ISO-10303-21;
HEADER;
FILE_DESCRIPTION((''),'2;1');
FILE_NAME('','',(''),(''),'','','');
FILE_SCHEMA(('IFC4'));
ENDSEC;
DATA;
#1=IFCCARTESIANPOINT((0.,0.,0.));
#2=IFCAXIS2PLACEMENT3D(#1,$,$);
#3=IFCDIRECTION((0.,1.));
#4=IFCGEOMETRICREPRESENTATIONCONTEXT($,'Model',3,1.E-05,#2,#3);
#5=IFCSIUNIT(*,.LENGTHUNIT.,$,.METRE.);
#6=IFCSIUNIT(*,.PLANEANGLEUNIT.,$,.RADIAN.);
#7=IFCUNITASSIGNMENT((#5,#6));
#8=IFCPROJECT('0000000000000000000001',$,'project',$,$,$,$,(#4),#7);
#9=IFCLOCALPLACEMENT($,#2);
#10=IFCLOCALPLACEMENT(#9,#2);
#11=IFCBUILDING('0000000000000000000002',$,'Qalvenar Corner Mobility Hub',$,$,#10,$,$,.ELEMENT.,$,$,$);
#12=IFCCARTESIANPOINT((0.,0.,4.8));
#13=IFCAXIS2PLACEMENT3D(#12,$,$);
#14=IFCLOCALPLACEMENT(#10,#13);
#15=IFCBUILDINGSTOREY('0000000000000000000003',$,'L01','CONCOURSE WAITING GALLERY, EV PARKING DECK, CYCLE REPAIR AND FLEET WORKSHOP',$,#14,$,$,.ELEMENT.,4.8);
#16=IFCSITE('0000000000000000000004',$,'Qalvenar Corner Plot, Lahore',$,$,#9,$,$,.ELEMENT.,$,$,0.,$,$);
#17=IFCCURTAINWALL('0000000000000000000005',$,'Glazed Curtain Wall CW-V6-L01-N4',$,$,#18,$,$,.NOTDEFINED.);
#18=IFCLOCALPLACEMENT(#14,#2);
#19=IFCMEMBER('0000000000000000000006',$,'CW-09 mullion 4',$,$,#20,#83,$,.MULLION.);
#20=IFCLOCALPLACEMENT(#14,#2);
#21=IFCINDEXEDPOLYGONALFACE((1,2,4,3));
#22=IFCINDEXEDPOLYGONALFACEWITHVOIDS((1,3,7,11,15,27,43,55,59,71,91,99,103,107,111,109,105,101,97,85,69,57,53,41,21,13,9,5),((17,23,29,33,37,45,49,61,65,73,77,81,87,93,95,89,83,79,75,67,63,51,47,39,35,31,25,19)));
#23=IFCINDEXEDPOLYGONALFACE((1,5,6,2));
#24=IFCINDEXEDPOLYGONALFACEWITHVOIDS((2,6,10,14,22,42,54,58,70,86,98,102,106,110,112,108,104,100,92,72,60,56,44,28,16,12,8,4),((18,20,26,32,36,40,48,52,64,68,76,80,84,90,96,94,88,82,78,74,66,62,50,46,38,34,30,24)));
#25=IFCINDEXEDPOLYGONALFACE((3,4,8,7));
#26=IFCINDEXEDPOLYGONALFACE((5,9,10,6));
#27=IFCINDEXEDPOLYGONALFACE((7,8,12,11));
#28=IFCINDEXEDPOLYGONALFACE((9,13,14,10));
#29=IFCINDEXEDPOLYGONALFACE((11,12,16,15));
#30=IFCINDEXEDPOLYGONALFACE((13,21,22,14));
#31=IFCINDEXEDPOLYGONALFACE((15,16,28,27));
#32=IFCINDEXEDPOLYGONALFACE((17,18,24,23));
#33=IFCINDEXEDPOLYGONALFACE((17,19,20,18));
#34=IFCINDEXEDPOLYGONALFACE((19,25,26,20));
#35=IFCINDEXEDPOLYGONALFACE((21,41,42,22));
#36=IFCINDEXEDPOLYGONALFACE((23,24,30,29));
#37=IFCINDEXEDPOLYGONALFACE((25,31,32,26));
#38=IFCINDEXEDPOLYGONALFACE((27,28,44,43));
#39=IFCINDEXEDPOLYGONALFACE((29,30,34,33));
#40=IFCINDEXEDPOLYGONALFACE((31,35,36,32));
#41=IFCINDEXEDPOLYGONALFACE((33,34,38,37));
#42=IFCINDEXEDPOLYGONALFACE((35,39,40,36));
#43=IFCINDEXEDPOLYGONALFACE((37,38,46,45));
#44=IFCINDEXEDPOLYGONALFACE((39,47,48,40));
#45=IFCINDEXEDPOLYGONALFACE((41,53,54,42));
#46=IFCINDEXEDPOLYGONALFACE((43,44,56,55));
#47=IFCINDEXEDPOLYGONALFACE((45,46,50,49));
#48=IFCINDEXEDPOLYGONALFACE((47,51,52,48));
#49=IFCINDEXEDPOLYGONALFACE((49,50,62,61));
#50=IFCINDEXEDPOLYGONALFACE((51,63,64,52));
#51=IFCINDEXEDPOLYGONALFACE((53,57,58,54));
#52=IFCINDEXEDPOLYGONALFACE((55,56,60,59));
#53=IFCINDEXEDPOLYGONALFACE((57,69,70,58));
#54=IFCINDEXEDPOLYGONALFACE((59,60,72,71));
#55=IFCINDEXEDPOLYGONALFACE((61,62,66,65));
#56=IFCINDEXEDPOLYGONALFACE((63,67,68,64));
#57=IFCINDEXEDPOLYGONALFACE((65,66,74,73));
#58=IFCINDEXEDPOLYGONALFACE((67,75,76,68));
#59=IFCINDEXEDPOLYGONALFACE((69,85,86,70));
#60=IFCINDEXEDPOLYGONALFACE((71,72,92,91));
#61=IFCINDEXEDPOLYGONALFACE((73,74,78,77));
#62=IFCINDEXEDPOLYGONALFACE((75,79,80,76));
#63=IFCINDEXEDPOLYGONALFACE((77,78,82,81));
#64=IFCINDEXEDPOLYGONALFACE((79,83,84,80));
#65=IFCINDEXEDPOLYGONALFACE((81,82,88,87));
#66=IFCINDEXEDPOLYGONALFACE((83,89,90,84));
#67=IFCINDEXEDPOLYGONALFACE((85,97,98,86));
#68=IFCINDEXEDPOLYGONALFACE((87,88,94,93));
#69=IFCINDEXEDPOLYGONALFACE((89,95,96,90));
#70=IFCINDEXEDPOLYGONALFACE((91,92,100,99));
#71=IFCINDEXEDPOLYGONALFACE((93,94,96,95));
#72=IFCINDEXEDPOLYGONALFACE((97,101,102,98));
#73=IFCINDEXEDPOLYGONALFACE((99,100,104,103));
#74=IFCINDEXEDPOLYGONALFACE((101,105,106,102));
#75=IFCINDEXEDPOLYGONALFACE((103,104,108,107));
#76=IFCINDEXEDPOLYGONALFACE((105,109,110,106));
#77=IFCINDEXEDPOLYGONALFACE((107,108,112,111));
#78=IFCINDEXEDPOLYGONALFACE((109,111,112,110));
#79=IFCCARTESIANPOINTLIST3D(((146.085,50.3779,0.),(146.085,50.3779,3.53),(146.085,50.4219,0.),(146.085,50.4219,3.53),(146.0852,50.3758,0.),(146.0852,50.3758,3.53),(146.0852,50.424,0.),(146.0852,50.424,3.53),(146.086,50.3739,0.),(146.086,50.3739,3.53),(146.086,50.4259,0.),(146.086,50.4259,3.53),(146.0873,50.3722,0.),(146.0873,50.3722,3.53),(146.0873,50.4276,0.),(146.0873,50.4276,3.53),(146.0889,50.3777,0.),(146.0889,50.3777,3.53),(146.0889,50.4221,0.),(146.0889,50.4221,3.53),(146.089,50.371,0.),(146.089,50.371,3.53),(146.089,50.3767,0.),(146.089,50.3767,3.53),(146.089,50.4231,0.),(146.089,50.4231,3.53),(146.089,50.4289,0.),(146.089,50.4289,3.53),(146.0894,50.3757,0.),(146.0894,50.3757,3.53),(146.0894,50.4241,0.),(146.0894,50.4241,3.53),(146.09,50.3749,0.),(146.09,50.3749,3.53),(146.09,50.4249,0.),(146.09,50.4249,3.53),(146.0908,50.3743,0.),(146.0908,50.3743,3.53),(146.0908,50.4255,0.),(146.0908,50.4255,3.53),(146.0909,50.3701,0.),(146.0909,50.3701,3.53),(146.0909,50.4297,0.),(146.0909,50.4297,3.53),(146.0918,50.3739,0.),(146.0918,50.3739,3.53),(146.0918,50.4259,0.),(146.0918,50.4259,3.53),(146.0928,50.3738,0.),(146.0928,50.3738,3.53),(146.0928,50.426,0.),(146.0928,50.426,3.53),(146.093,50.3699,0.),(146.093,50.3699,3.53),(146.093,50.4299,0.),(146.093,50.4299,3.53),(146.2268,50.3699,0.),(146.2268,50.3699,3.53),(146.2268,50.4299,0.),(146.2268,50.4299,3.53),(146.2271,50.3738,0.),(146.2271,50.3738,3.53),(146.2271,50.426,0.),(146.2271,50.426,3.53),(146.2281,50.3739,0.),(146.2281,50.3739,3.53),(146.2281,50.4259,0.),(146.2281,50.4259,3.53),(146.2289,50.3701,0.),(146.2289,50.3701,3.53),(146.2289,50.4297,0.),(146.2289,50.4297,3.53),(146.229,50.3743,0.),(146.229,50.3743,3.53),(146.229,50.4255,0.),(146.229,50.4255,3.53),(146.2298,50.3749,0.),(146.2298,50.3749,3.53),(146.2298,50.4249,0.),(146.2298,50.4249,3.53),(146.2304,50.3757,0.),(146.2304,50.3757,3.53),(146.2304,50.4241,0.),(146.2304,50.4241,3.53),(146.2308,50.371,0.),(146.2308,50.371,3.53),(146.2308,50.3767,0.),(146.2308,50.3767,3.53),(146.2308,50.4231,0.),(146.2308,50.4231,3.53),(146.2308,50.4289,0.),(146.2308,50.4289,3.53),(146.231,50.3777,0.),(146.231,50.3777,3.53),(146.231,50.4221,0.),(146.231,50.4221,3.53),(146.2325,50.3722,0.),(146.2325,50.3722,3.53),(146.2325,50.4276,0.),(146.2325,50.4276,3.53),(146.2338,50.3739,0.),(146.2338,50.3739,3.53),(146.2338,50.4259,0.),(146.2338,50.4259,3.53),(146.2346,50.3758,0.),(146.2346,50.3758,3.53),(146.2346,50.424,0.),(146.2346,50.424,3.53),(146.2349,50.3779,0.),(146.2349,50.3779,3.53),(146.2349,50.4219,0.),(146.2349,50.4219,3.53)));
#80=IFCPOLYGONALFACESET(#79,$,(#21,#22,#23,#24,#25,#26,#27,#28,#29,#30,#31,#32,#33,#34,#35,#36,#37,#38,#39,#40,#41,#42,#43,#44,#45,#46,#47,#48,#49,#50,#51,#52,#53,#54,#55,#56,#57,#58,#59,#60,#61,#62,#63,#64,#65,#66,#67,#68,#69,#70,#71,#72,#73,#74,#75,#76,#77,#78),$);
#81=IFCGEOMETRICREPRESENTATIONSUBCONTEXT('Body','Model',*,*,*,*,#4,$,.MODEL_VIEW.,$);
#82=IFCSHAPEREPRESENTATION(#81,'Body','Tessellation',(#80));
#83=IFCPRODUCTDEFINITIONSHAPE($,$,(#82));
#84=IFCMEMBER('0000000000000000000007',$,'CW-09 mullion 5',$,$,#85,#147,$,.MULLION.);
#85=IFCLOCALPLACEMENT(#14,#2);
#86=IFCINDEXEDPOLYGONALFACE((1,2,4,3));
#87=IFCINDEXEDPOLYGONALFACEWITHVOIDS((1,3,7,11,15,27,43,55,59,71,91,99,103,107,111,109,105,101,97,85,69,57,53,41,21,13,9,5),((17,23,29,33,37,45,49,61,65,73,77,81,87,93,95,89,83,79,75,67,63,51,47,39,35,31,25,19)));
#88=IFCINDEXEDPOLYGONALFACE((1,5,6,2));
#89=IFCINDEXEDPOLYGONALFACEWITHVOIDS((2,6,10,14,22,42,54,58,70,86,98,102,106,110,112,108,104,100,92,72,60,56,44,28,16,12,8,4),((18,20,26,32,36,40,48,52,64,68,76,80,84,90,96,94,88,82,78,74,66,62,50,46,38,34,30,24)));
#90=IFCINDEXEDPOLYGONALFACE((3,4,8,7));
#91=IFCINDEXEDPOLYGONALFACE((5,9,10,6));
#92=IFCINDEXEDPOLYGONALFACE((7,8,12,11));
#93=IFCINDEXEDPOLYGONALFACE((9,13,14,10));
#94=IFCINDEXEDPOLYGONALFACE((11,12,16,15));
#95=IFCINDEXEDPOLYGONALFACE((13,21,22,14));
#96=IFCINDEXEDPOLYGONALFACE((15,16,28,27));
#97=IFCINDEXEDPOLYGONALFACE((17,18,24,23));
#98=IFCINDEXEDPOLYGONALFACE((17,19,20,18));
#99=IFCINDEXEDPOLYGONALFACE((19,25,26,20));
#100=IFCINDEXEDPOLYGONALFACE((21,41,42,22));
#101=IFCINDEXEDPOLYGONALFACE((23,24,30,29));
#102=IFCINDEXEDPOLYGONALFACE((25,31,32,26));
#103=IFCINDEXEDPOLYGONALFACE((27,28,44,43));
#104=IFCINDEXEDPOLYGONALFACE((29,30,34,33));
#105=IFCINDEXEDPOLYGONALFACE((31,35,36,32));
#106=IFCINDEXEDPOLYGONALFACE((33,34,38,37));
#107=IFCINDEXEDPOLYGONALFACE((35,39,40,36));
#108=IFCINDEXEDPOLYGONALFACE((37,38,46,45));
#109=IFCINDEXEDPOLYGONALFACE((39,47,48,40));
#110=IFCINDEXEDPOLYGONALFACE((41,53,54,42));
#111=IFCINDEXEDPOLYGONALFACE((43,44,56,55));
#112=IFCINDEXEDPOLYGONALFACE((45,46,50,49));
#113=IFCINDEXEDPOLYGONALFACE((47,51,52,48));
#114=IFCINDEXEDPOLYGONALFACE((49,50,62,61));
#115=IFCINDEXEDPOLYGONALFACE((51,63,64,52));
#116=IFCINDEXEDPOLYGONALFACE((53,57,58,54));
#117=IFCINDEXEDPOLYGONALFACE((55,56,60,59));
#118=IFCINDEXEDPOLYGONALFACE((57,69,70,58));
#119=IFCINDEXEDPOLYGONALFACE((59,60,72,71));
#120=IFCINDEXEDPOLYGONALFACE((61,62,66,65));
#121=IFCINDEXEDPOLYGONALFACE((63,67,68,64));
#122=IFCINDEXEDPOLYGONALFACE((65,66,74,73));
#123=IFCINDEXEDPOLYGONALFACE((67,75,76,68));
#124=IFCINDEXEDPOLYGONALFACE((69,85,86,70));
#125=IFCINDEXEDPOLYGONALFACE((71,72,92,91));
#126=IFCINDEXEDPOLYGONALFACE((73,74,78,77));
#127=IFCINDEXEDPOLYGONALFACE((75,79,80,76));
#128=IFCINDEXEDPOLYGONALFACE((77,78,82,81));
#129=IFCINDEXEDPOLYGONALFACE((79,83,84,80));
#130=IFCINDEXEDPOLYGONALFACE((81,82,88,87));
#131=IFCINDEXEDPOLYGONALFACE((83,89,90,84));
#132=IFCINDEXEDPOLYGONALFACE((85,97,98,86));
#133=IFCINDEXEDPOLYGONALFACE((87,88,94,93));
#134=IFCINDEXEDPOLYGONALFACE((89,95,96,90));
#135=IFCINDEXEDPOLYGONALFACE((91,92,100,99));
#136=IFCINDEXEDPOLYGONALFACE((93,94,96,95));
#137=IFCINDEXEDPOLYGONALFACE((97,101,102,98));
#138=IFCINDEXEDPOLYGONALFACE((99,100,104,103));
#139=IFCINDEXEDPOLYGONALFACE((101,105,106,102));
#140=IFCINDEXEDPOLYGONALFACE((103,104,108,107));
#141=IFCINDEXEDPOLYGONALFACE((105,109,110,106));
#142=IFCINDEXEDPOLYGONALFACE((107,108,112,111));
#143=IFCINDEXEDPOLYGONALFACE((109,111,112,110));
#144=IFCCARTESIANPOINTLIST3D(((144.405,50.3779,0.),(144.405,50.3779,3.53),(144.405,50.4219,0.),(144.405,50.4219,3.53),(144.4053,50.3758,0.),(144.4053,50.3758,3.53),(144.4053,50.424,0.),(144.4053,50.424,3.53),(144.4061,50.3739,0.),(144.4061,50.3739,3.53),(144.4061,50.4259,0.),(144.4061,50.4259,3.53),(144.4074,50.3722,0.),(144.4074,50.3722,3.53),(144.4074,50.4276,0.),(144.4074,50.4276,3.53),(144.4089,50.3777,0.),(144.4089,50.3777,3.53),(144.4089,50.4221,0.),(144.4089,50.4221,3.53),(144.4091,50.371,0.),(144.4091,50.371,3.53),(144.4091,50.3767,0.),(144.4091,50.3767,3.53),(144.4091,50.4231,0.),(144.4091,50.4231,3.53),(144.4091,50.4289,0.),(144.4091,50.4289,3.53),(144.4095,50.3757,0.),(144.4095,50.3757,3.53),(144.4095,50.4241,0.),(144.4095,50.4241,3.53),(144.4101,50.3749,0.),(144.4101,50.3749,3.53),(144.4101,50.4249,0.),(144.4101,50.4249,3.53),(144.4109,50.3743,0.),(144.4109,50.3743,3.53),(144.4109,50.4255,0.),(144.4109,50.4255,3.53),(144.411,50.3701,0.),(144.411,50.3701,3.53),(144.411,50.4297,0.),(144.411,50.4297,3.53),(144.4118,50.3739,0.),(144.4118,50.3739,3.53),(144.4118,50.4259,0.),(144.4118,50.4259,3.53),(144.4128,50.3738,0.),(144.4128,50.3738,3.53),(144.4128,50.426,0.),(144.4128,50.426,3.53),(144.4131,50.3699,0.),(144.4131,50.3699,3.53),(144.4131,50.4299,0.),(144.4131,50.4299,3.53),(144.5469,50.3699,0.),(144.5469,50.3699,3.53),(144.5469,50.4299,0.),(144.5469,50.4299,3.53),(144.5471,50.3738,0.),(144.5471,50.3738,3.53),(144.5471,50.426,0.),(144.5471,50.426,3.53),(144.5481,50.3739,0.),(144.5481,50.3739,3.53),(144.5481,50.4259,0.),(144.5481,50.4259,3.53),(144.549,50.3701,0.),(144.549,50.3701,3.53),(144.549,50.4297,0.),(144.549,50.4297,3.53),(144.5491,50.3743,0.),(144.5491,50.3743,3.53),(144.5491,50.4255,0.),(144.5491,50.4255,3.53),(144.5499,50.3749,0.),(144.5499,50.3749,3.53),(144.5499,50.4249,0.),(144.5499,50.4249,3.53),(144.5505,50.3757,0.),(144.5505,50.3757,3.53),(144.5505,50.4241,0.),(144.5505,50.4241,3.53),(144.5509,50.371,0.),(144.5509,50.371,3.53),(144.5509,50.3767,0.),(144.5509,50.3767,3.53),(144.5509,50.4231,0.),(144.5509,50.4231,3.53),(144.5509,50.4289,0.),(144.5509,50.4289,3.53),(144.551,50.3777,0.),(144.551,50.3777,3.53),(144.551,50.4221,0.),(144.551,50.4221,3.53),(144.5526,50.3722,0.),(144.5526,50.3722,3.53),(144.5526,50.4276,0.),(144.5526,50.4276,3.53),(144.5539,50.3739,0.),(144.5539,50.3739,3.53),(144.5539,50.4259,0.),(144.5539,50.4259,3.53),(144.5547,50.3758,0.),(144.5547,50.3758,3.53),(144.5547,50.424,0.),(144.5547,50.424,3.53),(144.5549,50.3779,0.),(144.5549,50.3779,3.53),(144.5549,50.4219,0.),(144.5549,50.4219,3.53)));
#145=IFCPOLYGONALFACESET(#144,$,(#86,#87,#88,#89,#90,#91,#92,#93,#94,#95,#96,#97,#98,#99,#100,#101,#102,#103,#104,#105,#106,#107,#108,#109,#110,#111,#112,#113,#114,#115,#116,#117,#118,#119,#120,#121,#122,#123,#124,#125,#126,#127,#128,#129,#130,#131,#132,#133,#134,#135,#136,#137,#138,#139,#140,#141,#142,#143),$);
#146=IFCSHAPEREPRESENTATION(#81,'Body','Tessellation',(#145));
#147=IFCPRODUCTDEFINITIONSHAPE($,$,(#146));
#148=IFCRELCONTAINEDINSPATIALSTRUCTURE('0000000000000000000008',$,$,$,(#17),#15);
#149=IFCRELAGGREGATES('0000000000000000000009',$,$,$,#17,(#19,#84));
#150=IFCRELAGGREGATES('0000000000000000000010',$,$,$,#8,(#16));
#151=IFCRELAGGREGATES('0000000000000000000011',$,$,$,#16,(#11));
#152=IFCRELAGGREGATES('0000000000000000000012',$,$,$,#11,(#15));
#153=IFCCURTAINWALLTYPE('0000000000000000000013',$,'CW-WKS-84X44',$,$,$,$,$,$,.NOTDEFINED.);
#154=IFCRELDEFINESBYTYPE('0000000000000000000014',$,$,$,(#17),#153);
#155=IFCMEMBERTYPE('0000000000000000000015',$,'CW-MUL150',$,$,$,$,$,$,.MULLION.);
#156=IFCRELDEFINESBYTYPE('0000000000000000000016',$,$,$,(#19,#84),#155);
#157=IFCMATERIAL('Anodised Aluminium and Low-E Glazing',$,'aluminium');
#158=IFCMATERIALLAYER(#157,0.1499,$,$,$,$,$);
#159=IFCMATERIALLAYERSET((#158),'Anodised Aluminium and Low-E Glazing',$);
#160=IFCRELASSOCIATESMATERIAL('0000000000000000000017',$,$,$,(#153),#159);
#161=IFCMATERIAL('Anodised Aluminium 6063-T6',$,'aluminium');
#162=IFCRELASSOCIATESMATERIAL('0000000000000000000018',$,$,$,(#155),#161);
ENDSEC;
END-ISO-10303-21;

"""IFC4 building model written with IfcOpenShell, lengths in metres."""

from ifc_helpers import new_model, si_unit, direction, frame, origin, origin_2d, place, context, subcontext, project, spatial, hollow_rectangle, extrude, material, layer, layer_set, material_profile, profile_set, type_object, element, aggregate, save


model = new_model("IFC4")

# Units and contexts
model_context = context("Model", 3, precision=1e-05, world=origin(), true_north=direction((0.0, 1.0)))
body_context = subcontext(model_context, "Body", "Model", "MODEL_VIEW")
ifc_project = project(units=[si_unit("LENGTHUNIT", "METRE"), si_unit("PLANEANGLEUNIT", "RADIAN")], contexts=[model_context])

# Site, building, storey
site_placement = place(None, origin())
site = spatial("IfcSite", under=ifc_project, at=site_placement, Name="Qalvenar Corner Plot, Lahore", CompositionType="ELEMENT", RefElevation=0.0)
building_placement = place(site_placement, origin())
building = spatial("IfcBuilding", under=site, at=building_placement, Name="Qalvenar Corner Mobility Hub", CompositionType="ELEMENT")
storey_placement = place(building_placement, frame((0.0, 0.0, 4.8)))
storey = spatial("IfcBuildingStorey", under=building, at=storey_placement, Name="L01", Description="CONCOURSE WAITING GALLERY, EV PARKING DECK, CYCLE REPAIR AND FLEET WORKSHOP", CompositionType="ELEMENT", Elevation=4.8)

# Curtain wall, members
ifc_material_1 = material(Name="Anodised Aluminium and Low-E Glazing", Category="aluminium")
ifc_layer_1 = layer(ifc_material_1, 0.1499)
ifc_layer_set_1 = layer_set([ifc_layer_1], Name="Anodised Aluminium and Low-E Glazing")
curtain_wall_type = type_object("IfcCurtainWallType", Name="CW-WKS-84X44", PredefinedType="NOTDEFINED", material=ifc_layer_set_1)
curtain_wall_placement = place(storey_placement, origin())
curtain_wall = element("IfcCurtainWall", 1, at=curtain_wall_placement, inside=storey, type_object=curtain_wall_type, Name="Glazed Curtain Wall CW-V6-L01-N4", PredefinedType="NOTDEFINED")
ifc_material_2 = material(Name="Anodised Aluminium 6063-T6", Category="aluminium")
ifc_material_profile_1 = material_profile(ifc_material_2, hollow_rectangle(XDim=0.0601, YDim=0.1499, WallThickness=0.0039, InnerFilletRadius=0.0039, OuterFilletRadius=0.0081, at=origin_2d()), Name="RHS150x60x4")
ifc_profile_set_1 = profile_set([ifc_material_profile_1], Name="Anodised Aluminium 6063-T6")
member_type_1 = type_object("IfcMemberType", Name="CW-MUL150", PredefinedType="MULLION", material=ifc_profile_set_1)
member_1_placement = place(storey_placement, frame((146.1599, 50.3999, 0.0), z_axis=(0.0, 0.0, 1.0), x_axis=(0.0, -1.0, 0.0)))
member_1 = element("IfcMember", 2, at=member_1_placement, type_object=member_type_1, Name="CW-09 mullion 4", PredefinedType="MULLION", context=body_context, shape_type="SweptSolid", body=[
    extrude(hollow_rectangle(XDim=0.0601, YDim=0.1499, WallThickness=0.0039, InnerFilletRadius=0.0039, OuterFilletRadius=0.0081, at=origin_2d()), origin(), (0.0, 0.0, 1.0), 3.53),
])
member_2_placement = place(storey_placement, frame((144.48, 50.3999, 0.0), z_axis=(0.0, 0.0, 1.0), x_axis=(0.0, -1.0, 0.0)))
member_2 = element("IfcMember", 3, at=member_2_placement, type_object=member_type_1, Name="CW-09 mullion 5", PredefinedType="MULLION", context=body_context, shape_type="SweptSolid", body=[
    extrude(hollow_rectangle(XDim=0.0601, YDim=0.1499, WallThickness=0.0039, InnerFilletRadius=0.0039, OuterFilletRadius=0.0081, at=origin_2d()), origin(), (0.0, 0.0, 1.0), 3.53),
])
aggregate(curtain_wall, [member_1, member_2])

save(model, "model.ifc")
